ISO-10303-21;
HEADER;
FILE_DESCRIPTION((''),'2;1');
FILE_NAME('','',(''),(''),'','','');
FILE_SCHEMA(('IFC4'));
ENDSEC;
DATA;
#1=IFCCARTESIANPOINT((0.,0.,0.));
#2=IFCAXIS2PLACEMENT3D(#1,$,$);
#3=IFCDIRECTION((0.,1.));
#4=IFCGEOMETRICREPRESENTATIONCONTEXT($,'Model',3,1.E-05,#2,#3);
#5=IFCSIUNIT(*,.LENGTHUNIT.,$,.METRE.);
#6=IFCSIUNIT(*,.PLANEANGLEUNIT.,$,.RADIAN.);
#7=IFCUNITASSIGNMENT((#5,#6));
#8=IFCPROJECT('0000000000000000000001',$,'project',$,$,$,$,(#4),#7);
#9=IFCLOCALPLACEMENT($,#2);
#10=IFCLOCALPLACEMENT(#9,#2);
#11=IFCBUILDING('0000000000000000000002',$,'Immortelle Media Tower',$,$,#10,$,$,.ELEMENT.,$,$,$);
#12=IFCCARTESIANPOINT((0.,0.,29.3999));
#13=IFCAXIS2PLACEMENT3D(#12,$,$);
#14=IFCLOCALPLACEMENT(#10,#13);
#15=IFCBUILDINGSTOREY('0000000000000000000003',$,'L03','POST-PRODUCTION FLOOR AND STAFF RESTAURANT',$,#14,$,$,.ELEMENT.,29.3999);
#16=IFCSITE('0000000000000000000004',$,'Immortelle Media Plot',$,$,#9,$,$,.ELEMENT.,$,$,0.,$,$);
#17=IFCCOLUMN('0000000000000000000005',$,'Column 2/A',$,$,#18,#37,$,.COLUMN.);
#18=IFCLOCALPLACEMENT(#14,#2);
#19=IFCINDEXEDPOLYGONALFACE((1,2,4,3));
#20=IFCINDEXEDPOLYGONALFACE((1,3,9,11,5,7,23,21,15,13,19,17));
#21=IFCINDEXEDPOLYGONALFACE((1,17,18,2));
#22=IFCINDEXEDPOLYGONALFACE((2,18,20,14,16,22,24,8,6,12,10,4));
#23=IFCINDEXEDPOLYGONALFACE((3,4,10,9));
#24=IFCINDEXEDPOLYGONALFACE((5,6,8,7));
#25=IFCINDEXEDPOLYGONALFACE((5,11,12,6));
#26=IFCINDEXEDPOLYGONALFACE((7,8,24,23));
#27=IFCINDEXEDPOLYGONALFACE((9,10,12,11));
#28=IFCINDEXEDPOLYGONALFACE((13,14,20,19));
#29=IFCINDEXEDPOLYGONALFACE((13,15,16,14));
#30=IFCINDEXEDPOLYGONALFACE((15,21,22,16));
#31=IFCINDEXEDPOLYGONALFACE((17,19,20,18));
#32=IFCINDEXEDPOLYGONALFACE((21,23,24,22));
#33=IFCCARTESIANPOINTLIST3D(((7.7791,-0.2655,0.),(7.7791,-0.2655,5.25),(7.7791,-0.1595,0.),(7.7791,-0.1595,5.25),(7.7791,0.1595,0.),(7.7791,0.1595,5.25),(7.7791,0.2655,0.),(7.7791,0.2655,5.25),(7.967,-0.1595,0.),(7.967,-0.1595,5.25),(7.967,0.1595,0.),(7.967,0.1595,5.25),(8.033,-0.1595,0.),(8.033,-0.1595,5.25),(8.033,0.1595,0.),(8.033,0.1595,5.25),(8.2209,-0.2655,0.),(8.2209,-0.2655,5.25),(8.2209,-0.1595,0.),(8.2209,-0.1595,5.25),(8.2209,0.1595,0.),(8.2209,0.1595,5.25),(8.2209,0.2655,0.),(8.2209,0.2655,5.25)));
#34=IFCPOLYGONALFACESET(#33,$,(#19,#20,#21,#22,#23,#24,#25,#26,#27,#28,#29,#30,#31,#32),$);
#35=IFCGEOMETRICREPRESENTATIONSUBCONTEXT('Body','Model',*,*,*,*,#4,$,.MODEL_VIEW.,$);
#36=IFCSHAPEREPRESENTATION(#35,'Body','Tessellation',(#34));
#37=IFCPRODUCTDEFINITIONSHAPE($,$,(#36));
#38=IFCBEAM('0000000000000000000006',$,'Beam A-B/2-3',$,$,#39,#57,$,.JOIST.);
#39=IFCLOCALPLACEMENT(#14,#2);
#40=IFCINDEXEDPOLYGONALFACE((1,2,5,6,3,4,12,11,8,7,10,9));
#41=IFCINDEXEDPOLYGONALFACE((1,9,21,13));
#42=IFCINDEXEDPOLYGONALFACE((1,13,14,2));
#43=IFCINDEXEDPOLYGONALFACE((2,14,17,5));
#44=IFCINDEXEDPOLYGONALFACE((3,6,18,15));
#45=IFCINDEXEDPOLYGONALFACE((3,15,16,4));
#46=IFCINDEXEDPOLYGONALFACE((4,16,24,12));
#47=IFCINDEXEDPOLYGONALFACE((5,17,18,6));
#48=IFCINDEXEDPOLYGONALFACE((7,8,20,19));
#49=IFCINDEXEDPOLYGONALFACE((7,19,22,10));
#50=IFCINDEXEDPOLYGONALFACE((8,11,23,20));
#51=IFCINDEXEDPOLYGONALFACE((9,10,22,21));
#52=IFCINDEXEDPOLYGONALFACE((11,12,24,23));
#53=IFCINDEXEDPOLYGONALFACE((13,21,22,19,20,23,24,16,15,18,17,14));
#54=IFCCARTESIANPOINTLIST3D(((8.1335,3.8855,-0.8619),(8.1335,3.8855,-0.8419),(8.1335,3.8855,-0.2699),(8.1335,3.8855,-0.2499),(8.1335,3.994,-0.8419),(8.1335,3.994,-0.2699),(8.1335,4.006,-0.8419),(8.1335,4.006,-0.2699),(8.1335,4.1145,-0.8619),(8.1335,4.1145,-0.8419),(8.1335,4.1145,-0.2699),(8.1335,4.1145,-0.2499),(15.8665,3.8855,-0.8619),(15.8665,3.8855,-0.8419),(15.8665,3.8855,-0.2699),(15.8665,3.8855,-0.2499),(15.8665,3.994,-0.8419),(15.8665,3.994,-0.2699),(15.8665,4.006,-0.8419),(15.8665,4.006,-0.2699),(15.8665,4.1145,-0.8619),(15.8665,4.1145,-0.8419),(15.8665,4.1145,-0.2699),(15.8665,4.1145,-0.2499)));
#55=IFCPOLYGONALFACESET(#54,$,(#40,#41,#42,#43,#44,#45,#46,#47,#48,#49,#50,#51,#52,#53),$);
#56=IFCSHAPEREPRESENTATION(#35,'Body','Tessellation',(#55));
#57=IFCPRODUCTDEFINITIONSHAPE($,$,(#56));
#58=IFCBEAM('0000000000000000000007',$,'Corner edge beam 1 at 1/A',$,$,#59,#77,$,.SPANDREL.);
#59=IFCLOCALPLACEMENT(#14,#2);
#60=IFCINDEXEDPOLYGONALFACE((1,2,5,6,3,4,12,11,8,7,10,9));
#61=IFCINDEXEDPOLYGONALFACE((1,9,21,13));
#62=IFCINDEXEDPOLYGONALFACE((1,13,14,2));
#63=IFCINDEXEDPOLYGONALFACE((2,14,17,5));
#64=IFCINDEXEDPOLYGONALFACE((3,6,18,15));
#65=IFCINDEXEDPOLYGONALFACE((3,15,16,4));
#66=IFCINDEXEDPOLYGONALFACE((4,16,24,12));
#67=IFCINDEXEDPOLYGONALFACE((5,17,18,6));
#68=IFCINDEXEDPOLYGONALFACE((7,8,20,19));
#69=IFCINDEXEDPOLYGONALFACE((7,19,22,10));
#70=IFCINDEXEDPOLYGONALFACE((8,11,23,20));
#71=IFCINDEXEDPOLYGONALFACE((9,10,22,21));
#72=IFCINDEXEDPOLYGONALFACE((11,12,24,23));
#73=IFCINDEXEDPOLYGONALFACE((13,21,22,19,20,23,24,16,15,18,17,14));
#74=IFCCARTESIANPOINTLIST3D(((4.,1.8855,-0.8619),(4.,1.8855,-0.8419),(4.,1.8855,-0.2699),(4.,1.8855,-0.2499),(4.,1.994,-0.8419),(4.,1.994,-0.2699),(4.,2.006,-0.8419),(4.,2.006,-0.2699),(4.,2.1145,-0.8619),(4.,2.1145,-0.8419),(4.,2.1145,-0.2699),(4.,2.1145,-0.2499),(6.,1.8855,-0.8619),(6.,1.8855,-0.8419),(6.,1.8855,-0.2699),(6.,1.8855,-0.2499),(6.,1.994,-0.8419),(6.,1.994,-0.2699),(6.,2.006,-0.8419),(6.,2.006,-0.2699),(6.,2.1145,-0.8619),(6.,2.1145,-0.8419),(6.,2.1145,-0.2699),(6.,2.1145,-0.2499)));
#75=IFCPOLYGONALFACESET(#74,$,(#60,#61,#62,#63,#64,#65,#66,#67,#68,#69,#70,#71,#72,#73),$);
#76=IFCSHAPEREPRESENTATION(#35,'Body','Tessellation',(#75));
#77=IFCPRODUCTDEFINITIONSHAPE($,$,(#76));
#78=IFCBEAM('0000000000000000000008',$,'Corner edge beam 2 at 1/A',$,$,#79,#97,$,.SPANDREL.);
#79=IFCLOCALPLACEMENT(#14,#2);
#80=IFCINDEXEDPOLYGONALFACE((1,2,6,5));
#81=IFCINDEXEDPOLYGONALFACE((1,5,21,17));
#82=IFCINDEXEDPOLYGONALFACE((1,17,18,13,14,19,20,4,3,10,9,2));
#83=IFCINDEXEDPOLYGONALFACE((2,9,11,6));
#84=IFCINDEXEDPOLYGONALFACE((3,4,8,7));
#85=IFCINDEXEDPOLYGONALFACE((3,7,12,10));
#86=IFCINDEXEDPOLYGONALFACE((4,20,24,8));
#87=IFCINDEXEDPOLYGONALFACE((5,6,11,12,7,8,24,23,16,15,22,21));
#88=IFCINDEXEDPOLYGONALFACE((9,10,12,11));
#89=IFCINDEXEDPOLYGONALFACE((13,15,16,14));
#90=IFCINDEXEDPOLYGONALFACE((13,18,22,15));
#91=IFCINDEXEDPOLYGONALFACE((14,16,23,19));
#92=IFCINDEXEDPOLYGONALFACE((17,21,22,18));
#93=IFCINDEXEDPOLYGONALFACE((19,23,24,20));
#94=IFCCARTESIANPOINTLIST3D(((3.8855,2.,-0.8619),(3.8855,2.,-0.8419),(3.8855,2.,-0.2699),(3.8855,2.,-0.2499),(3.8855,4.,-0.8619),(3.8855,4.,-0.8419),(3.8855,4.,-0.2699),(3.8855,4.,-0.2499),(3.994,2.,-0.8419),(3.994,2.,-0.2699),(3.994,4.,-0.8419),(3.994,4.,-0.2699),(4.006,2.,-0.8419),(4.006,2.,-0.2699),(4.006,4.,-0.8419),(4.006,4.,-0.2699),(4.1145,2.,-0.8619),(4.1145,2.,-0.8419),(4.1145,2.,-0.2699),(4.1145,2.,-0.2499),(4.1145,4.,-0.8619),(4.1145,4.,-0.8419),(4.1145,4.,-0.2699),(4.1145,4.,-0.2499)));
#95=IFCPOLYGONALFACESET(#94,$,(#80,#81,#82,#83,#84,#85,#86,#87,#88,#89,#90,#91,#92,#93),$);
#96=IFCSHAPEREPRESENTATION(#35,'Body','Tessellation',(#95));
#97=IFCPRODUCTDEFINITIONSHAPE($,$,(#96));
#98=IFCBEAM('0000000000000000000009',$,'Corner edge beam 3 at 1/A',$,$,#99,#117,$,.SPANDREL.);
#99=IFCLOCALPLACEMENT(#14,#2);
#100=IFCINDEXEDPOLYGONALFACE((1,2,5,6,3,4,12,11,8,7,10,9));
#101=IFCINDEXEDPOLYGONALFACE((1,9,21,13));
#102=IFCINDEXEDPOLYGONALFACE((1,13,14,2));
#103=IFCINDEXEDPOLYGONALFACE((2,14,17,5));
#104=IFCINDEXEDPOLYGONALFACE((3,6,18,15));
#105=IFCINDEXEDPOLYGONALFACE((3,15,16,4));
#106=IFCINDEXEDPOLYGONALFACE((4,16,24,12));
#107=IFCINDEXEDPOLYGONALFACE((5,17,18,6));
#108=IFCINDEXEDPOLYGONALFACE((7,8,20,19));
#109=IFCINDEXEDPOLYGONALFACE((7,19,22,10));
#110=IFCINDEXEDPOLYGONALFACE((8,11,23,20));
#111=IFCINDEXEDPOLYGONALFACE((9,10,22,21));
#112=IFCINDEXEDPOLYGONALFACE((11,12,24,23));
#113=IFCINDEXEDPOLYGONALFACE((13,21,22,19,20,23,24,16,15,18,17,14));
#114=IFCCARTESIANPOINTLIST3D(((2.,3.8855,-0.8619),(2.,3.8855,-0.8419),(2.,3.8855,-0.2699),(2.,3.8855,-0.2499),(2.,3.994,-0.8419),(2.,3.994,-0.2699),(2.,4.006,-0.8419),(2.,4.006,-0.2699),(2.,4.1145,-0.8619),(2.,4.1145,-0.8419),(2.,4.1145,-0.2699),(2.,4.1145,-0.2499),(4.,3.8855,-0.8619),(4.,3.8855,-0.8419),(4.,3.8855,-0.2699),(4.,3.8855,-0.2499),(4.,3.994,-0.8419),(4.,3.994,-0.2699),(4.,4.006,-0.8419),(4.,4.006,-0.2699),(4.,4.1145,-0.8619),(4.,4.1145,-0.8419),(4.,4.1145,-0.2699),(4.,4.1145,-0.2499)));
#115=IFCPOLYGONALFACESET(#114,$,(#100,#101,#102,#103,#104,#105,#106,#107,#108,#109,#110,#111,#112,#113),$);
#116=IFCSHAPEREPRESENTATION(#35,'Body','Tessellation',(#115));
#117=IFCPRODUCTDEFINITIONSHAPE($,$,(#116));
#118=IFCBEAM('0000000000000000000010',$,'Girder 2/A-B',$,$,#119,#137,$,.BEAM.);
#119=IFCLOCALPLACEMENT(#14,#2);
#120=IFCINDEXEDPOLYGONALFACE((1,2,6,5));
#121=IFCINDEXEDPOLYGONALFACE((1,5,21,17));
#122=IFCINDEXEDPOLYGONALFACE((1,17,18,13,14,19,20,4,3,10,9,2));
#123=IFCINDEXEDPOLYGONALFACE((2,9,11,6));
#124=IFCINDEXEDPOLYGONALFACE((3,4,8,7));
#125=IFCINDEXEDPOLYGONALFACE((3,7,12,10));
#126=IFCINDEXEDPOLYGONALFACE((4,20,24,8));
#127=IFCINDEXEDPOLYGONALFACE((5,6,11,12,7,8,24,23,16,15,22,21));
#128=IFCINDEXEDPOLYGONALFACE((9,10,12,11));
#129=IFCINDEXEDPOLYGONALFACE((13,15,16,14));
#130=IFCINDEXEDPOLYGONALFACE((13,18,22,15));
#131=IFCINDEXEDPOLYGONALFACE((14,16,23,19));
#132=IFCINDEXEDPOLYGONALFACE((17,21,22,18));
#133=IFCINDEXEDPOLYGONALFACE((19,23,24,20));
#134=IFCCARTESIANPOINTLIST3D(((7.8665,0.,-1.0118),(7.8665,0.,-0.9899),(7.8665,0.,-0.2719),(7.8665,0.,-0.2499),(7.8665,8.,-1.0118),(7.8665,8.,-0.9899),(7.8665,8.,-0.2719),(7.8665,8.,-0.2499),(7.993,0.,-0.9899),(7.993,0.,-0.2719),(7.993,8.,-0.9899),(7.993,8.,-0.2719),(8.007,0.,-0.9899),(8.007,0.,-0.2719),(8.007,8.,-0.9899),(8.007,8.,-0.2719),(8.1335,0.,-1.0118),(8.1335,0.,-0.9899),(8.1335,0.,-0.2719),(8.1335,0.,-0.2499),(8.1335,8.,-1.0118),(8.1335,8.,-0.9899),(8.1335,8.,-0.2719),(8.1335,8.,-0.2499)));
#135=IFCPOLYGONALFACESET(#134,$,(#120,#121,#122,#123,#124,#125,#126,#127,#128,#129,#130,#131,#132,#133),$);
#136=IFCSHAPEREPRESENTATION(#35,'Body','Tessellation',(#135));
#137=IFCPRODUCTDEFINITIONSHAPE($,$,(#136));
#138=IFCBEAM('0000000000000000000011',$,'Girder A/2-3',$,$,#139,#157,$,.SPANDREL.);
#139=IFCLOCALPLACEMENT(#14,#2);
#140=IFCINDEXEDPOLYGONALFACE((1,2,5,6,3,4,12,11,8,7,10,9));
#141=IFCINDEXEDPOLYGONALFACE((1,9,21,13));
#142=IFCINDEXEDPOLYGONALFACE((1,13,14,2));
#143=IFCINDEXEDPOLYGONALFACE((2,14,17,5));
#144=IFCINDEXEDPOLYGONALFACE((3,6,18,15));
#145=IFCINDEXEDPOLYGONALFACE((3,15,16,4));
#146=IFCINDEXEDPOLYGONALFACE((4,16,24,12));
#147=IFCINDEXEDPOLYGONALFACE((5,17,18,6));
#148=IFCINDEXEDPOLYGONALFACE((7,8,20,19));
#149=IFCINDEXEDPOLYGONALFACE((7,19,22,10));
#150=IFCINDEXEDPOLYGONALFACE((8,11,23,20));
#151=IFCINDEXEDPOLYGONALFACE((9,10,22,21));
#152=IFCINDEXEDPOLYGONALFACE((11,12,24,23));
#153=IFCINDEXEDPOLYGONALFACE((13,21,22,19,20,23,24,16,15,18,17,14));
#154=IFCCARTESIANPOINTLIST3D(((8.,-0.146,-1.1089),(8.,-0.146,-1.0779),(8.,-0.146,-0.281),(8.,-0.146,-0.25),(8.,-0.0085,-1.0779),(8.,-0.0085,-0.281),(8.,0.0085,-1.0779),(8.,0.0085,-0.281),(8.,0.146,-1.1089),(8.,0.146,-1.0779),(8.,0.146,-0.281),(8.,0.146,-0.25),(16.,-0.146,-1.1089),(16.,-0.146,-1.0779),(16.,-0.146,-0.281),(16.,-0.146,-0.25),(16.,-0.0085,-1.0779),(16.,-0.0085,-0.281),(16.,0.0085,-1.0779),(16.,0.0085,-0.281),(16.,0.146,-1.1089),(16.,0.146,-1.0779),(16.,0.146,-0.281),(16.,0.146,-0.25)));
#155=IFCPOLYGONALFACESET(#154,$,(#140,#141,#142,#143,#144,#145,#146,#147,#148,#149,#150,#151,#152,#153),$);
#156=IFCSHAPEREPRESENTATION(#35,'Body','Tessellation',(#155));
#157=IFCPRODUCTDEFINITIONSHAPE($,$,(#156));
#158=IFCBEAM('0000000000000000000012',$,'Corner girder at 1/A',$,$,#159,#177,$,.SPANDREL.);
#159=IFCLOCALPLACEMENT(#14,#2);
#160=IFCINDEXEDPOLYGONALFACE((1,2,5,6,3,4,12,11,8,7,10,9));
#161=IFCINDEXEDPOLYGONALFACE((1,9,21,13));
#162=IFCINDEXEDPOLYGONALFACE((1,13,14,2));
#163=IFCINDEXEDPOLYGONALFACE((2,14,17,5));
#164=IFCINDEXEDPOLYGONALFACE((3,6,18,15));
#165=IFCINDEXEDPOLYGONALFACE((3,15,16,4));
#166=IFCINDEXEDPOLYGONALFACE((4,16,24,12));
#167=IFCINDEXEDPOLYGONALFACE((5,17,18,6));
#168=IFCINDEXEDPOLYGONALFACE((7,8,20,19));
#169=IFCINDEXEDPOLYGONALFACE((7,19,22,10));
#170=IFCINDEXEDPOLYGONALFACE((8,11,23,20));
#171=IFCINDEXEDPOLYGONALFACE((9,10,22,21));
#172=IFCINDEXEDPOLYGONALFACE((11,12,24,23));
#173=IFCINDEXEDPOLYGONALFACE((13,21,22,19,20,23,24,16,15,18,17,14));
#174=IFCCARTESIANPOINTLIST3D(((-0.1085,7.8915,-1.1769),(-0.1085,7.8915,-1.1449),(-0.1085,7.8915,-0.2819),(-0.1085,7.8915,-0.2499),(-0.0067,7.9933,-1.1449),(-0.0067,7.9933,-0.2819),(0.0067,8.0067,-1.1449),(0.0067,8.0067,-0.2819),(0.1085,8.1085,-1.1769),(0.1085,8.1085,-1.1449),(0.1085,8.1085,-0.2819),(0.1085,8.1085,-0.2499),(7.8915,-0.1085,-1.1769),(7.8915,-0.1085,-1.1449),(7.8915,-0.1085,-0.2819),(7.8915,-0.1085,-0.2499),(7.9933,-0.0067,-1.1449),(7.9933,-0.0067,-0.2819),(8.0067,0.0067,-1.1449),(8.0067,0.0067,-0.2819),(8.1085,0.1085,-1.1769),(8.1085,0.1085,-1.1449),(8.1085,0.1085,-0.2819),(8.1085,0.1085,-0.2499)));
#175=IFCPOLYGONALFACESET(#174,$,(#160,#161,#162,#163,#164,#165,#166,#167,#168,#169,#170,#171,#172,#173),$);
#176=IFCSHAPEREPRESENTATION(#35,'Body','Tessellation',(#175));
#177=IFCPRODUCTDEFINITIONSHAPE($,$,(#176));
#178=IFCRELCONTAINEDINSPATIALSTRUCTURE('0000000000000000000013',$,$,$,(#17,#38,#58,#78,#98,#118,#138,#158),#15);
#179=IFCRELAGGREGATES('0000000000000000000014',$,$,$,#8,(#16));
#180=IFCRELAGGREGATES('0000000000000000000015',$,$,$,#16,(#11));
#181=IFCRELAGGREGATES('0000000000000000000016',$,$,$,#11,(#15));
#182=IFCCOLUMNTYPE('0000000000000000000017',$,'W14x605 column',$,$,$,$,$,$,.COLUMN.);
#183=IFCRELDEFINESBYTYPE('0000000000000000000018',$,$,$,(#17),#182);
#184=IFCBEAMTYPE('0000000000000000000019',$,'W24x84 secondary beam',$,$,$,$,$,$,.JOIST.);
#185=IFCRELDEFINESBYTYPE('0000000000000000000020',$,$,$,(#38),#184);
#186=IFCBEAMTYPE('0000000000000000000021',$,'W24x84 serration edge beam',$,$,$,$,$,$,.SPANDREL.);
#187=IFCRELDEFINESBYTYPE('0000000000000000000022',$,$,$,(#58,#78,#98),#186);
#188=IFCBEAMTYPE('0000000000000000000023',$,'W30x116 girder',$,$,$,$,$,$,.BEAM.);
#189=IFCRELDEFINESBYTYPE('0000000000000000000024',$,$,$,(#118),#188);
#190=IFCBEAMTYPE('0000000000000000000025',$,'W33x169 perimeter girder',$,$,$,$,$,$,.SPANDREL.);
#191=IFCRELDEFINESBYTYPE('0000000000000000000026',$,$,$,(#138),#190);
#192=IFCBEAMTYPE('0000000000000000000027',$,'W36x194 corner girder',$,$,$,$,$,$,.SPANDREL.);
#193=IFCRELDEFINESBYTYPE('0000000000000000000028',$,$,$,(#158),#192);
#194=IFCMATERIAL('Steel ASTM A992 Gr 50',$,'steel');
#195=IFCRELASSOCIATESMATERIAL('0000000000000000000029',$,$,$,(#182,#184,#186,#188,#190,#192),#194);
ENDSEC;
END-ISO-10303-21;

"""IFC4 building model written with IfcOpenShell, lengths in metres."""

from ifc_helpers import new_model, si_unit, direction, frame, origin, origin_2d, place, context, subcontext, project, spatial, i_section, extrude, material, material_profile, profile_set, type_object, element, save


model = new_model("IFC4")

# Units and contexts
model_context = context("Model", 3, precision=1e-05, world=origin(), true_north=direction((0.0, 1.0)))
body_context = subcontext(model_context, "Body", "Model", "MODEL_VIEW")
ifc_project = project(units=[si_unit("LENGTHUNIT", "METRE"), si_unit("PLANEANGLEUNIT", "RADIAN")], contexts=[model_context])

# Site, building, storey
site_placement = place(None, origin())
site = spatial("IfcSite", under=ifc_project, at=site_placement, Name="Immortelle Media Plot", CompositionType="ELEMENT", RefElevation=0.0)
building_placement = place(site_placement, origin())
building = spatial("IfcBuilding", under=site, at=building_placement, Name="Immortelle Media Tower", CompositionType="ELEMENT")
storey_placement = place(building_placement, frame((0.0, 0.0, 29.3999)))
storey = spatial("IfcBuildingStorey", under=building, at=storey_placement, Name="L03", Description="POST-PRODUCTION FLOOR AND STAFF RESTAURANT", CompositionType="ELEMENT", Elevation=29.3999)

# Column
ifc_material_1 = material(Name="Steel ASTM A992 Gr 50", Category="steel")
ifc_material_profile_1 = material_profile(ifc_material_1, i_section(OverallWidth=0.4419, OverallDepth=0.531, WebThickness=0.0659, FlangeThickness=0.106, at=origin_2d()), Name="W14x605")
ifc_profile_set_1 = profile_set([ifc_material_profile_1], Name="Steel ASTM A992 Gr 50")
column_type = type_object("IfcColumnType", Name="W14x605 column", PredefinedType="COLUMN", material=ifc_profile_set_1)
column_placement = place(storey_placement, frame((8.0, 0.0, 0.0), z_axis=(0.0, 0.0, 1.0), x_axis=(1.0, 0.0, 0.0)))
element("IfcColumn", 1, at=column_placement, inside=storey, type_object=column_type, Name="Column 2/A", PredefinedType="COLUMN", context=body_context, shape_type="SweptSolid", body=[
    extrude(i_section(OverallWidth=0.4419, OverallDepth=0.531, WebThickness=0.0659, FlangeThickness=0.106, at=origin_2d()), origin(), (0.0, 0.0, 1.0), 5.25),
])

# Beams
ifc_material_profile_2 = material_profile(ifc_material_1, i_section(OverallWidth=0.229, OverallDepth=0.6121, WebThickness=0.012, FlangeThickness=0.02, at=origin_2d()), Name="W24x84")
ifc_profile_set_2 = profile_set([ifc_material_profile_2], Name="Steel ASTM A992 Gr 50")
beam_type_1 = type_object("IfcBeamType", Name="W24x84 secondary beam", PredefinedType="JOIST", material=ifc_profile_set_2)
beam_1_placement = place(storey_placement, frame((8.1335, 4.0, -0.5559), z_axis=(1.0, 0.0, 0.0), x_axis=(0.0, 1.0, 0.0)))
element("IfcBeam", 2, at=beam_1_placement, inside=storey, type_object=beam_type_1, Name="Beam A-B/2-3", PredefinedType="JOIST", context=body_context, shape_type="SweptSolid", body=[
    extrude(i_section(OverallWidth=0.229, OverallDepth=0.6121, WebThickness=0.012, FlangeThickness=0.02, at=origin_2d()), origin(), (0.0, 0.0, 1.0), 7.7329),
])
ifc_material_profile_3 = material_profile(ifc_material_1, i_section(OverallWidth=0.229, OverallDepth=0.6121, WebThickness=0.012, FlangeThickness=0.02, at=origin_2d()), Name="W24x84")
ifc_profile_set_3 = profile_set([ifc_material_profile_3], Name="Steel ASTM A992 Gr 50")
beam_type_2 = type_object("IfcBeamType", Name="W24x84 serration edge beam", PredefinedType="SPANDREL", material=ifc_profile_set_3)
for number, where, z_axis, x_axis, name in (
    (3, (6.0, 2.0, -0.5559), (-1.0, 0.0, 0.0), (0.0, -1.0, 0.0), "Corner edge beam 1 at 1/A"),
    (4, (4.0, 2.0, -0.5559), (0.0, 1.0, 0.0), (-1.0, 0.0, 0.0), "Corner edge beam 2 at 1/A"),
    (5, (4.0, 4.0, -0.5559), (-1.0, 0.0, 0.0), (0.0, -1.0, 0.0), "Corner edge beam 3 at 1/A"),
):
    element("IfcBeam", number, at=place(storey_placement, frame(where, z_axis=z_axis, x_axis=x_axis)), inside=storey, type_object=beam_type_2, Name=name, PredefinedType="SPANDREL", context=body_context, shape_type="SweptSolid", body=[
        extrude(i_section(OverallWidth=0.229, OverallDepth=0.6121, WebThickness=0.012, FlangeThickness=0.02, at=origin_2d()), origin(), (0.0, 0.0, 1.0), 2.0),
    ])
ifc_material_profile_4 = material_profile(ifc_material_1, i_section(OverallWidth=0.2671, OverallDepth=0.762, WebThickness=0.0139, FlangeThickness=0.022, at=origin_2d()), Name="W30x116")
ifc_profile_set_4 = profile_set([ifc_material_profile_4], Name="Steel ASTM A992 Gr 50")
beam_type_3 = type_object("IfcBeamType", Name="W30x116 girder", PredefinedType="BEAM", material=ifc_profile_set_4)
beam_2_placement = place(storey_placement, frame((8.0, 0.0, -0.6309), z_axis=(0.0, 1.0, 0.0), x_axis=(-1.0, 0.0, 0.0)))
element("IfcBeam", 6, at=beam_2_placement, inside=storey, type_object=beam_type_3, Name="Girder 2/A-B", PredefinedType="BEAM", context=body_context, shape_type="SweptSolid", body=[
    extrude(i_section(OverallWidth=0.2671, OverallDepth=0.762, WebThickness=0.0139, FlangeThickness=0.022, at=origin_2d()), origin(), (0.0, 0.0, 1.0), 8.0),
])
ifc_material_profile_5 = material_profile(ifc_material_1, i_section(OverallWidth=0.292, OverallDepth=0.8589, WebThickness=0.0171, FlangeThickness=0.031, at=origin_2d()), Name="W33x169")
ifc_profile_set_5 = profile_set([ifc_material_profile_5], Name="Steel ASTM A992 Gr 50")
beam_type_4 = type_object("IfcBeamType", Name="W33x169 perimeter girder", PredefinedType="SPANDREL", material=ifc_profile_set_5)
beam_3_placement = place(storey_placement, frame((8.0, 0.0, -0.6794), z_axis=(1.0, 0.0, 0.0), x_axis=(0.0, 1.0, 0.0)))
element("IfcBeam", 7, at=beam_3_placement, inside=storey, type_object=beam_type_4, Name="Girder A/2-3", PredefinedType="SPANDREL", context=body_context, shape_type="SweptSolid", body=[
    extrude(i_section(OverallWidth=0.292, OverallDepth=0.8589, WebThickness=0.0171, FlangeThickness=0.031, at=origin_2d()), origin(), (0.0, 0.0, 1.0), 8.0),
])
ifc_material_profile_6 = material_profile(ifc_material_1, i_section(OverallWidth=0.3069, OverallDepth=0.927, WebThickness=0.019, FlangeThickness=0.032, at=origin_2d()), Name="W36x194")
ifc_profile_set_6 = profile_set([ifc_material_profile_6], Name="Steel ASTM A992 Gr 50")
beam_type_5 = type_object("IfcBeamType", Name="W36x194 corner girder", PredefinedType="SPANDREL", material=ifc_profile_set_6)
beam_4_placement = place(storey_placement, frame((8.0, 0.0, -0.7134), z_axis=(-0.707107, 0.707107, 0.0), x_axis=(-0.707107, -0.707107, 0.0)))
element("IfcBeam", 8, at=beam_4_placement, inside=storey, type_object=beam_type_5, Name="Corner girder at 1/A", PredefinedType="SPANDREL", context=body_context, shape_type="SweptSolid", body=[
    extrude(i_section(OverallWidth=0.3069, OverallDepth=0.927, WebThickness=0.019, FlangeThickness=0.032, at=origin_2d()), origin(), (0.0, 0.0, 1.0), 11.3137),
])

save(model, "model.ifc")
